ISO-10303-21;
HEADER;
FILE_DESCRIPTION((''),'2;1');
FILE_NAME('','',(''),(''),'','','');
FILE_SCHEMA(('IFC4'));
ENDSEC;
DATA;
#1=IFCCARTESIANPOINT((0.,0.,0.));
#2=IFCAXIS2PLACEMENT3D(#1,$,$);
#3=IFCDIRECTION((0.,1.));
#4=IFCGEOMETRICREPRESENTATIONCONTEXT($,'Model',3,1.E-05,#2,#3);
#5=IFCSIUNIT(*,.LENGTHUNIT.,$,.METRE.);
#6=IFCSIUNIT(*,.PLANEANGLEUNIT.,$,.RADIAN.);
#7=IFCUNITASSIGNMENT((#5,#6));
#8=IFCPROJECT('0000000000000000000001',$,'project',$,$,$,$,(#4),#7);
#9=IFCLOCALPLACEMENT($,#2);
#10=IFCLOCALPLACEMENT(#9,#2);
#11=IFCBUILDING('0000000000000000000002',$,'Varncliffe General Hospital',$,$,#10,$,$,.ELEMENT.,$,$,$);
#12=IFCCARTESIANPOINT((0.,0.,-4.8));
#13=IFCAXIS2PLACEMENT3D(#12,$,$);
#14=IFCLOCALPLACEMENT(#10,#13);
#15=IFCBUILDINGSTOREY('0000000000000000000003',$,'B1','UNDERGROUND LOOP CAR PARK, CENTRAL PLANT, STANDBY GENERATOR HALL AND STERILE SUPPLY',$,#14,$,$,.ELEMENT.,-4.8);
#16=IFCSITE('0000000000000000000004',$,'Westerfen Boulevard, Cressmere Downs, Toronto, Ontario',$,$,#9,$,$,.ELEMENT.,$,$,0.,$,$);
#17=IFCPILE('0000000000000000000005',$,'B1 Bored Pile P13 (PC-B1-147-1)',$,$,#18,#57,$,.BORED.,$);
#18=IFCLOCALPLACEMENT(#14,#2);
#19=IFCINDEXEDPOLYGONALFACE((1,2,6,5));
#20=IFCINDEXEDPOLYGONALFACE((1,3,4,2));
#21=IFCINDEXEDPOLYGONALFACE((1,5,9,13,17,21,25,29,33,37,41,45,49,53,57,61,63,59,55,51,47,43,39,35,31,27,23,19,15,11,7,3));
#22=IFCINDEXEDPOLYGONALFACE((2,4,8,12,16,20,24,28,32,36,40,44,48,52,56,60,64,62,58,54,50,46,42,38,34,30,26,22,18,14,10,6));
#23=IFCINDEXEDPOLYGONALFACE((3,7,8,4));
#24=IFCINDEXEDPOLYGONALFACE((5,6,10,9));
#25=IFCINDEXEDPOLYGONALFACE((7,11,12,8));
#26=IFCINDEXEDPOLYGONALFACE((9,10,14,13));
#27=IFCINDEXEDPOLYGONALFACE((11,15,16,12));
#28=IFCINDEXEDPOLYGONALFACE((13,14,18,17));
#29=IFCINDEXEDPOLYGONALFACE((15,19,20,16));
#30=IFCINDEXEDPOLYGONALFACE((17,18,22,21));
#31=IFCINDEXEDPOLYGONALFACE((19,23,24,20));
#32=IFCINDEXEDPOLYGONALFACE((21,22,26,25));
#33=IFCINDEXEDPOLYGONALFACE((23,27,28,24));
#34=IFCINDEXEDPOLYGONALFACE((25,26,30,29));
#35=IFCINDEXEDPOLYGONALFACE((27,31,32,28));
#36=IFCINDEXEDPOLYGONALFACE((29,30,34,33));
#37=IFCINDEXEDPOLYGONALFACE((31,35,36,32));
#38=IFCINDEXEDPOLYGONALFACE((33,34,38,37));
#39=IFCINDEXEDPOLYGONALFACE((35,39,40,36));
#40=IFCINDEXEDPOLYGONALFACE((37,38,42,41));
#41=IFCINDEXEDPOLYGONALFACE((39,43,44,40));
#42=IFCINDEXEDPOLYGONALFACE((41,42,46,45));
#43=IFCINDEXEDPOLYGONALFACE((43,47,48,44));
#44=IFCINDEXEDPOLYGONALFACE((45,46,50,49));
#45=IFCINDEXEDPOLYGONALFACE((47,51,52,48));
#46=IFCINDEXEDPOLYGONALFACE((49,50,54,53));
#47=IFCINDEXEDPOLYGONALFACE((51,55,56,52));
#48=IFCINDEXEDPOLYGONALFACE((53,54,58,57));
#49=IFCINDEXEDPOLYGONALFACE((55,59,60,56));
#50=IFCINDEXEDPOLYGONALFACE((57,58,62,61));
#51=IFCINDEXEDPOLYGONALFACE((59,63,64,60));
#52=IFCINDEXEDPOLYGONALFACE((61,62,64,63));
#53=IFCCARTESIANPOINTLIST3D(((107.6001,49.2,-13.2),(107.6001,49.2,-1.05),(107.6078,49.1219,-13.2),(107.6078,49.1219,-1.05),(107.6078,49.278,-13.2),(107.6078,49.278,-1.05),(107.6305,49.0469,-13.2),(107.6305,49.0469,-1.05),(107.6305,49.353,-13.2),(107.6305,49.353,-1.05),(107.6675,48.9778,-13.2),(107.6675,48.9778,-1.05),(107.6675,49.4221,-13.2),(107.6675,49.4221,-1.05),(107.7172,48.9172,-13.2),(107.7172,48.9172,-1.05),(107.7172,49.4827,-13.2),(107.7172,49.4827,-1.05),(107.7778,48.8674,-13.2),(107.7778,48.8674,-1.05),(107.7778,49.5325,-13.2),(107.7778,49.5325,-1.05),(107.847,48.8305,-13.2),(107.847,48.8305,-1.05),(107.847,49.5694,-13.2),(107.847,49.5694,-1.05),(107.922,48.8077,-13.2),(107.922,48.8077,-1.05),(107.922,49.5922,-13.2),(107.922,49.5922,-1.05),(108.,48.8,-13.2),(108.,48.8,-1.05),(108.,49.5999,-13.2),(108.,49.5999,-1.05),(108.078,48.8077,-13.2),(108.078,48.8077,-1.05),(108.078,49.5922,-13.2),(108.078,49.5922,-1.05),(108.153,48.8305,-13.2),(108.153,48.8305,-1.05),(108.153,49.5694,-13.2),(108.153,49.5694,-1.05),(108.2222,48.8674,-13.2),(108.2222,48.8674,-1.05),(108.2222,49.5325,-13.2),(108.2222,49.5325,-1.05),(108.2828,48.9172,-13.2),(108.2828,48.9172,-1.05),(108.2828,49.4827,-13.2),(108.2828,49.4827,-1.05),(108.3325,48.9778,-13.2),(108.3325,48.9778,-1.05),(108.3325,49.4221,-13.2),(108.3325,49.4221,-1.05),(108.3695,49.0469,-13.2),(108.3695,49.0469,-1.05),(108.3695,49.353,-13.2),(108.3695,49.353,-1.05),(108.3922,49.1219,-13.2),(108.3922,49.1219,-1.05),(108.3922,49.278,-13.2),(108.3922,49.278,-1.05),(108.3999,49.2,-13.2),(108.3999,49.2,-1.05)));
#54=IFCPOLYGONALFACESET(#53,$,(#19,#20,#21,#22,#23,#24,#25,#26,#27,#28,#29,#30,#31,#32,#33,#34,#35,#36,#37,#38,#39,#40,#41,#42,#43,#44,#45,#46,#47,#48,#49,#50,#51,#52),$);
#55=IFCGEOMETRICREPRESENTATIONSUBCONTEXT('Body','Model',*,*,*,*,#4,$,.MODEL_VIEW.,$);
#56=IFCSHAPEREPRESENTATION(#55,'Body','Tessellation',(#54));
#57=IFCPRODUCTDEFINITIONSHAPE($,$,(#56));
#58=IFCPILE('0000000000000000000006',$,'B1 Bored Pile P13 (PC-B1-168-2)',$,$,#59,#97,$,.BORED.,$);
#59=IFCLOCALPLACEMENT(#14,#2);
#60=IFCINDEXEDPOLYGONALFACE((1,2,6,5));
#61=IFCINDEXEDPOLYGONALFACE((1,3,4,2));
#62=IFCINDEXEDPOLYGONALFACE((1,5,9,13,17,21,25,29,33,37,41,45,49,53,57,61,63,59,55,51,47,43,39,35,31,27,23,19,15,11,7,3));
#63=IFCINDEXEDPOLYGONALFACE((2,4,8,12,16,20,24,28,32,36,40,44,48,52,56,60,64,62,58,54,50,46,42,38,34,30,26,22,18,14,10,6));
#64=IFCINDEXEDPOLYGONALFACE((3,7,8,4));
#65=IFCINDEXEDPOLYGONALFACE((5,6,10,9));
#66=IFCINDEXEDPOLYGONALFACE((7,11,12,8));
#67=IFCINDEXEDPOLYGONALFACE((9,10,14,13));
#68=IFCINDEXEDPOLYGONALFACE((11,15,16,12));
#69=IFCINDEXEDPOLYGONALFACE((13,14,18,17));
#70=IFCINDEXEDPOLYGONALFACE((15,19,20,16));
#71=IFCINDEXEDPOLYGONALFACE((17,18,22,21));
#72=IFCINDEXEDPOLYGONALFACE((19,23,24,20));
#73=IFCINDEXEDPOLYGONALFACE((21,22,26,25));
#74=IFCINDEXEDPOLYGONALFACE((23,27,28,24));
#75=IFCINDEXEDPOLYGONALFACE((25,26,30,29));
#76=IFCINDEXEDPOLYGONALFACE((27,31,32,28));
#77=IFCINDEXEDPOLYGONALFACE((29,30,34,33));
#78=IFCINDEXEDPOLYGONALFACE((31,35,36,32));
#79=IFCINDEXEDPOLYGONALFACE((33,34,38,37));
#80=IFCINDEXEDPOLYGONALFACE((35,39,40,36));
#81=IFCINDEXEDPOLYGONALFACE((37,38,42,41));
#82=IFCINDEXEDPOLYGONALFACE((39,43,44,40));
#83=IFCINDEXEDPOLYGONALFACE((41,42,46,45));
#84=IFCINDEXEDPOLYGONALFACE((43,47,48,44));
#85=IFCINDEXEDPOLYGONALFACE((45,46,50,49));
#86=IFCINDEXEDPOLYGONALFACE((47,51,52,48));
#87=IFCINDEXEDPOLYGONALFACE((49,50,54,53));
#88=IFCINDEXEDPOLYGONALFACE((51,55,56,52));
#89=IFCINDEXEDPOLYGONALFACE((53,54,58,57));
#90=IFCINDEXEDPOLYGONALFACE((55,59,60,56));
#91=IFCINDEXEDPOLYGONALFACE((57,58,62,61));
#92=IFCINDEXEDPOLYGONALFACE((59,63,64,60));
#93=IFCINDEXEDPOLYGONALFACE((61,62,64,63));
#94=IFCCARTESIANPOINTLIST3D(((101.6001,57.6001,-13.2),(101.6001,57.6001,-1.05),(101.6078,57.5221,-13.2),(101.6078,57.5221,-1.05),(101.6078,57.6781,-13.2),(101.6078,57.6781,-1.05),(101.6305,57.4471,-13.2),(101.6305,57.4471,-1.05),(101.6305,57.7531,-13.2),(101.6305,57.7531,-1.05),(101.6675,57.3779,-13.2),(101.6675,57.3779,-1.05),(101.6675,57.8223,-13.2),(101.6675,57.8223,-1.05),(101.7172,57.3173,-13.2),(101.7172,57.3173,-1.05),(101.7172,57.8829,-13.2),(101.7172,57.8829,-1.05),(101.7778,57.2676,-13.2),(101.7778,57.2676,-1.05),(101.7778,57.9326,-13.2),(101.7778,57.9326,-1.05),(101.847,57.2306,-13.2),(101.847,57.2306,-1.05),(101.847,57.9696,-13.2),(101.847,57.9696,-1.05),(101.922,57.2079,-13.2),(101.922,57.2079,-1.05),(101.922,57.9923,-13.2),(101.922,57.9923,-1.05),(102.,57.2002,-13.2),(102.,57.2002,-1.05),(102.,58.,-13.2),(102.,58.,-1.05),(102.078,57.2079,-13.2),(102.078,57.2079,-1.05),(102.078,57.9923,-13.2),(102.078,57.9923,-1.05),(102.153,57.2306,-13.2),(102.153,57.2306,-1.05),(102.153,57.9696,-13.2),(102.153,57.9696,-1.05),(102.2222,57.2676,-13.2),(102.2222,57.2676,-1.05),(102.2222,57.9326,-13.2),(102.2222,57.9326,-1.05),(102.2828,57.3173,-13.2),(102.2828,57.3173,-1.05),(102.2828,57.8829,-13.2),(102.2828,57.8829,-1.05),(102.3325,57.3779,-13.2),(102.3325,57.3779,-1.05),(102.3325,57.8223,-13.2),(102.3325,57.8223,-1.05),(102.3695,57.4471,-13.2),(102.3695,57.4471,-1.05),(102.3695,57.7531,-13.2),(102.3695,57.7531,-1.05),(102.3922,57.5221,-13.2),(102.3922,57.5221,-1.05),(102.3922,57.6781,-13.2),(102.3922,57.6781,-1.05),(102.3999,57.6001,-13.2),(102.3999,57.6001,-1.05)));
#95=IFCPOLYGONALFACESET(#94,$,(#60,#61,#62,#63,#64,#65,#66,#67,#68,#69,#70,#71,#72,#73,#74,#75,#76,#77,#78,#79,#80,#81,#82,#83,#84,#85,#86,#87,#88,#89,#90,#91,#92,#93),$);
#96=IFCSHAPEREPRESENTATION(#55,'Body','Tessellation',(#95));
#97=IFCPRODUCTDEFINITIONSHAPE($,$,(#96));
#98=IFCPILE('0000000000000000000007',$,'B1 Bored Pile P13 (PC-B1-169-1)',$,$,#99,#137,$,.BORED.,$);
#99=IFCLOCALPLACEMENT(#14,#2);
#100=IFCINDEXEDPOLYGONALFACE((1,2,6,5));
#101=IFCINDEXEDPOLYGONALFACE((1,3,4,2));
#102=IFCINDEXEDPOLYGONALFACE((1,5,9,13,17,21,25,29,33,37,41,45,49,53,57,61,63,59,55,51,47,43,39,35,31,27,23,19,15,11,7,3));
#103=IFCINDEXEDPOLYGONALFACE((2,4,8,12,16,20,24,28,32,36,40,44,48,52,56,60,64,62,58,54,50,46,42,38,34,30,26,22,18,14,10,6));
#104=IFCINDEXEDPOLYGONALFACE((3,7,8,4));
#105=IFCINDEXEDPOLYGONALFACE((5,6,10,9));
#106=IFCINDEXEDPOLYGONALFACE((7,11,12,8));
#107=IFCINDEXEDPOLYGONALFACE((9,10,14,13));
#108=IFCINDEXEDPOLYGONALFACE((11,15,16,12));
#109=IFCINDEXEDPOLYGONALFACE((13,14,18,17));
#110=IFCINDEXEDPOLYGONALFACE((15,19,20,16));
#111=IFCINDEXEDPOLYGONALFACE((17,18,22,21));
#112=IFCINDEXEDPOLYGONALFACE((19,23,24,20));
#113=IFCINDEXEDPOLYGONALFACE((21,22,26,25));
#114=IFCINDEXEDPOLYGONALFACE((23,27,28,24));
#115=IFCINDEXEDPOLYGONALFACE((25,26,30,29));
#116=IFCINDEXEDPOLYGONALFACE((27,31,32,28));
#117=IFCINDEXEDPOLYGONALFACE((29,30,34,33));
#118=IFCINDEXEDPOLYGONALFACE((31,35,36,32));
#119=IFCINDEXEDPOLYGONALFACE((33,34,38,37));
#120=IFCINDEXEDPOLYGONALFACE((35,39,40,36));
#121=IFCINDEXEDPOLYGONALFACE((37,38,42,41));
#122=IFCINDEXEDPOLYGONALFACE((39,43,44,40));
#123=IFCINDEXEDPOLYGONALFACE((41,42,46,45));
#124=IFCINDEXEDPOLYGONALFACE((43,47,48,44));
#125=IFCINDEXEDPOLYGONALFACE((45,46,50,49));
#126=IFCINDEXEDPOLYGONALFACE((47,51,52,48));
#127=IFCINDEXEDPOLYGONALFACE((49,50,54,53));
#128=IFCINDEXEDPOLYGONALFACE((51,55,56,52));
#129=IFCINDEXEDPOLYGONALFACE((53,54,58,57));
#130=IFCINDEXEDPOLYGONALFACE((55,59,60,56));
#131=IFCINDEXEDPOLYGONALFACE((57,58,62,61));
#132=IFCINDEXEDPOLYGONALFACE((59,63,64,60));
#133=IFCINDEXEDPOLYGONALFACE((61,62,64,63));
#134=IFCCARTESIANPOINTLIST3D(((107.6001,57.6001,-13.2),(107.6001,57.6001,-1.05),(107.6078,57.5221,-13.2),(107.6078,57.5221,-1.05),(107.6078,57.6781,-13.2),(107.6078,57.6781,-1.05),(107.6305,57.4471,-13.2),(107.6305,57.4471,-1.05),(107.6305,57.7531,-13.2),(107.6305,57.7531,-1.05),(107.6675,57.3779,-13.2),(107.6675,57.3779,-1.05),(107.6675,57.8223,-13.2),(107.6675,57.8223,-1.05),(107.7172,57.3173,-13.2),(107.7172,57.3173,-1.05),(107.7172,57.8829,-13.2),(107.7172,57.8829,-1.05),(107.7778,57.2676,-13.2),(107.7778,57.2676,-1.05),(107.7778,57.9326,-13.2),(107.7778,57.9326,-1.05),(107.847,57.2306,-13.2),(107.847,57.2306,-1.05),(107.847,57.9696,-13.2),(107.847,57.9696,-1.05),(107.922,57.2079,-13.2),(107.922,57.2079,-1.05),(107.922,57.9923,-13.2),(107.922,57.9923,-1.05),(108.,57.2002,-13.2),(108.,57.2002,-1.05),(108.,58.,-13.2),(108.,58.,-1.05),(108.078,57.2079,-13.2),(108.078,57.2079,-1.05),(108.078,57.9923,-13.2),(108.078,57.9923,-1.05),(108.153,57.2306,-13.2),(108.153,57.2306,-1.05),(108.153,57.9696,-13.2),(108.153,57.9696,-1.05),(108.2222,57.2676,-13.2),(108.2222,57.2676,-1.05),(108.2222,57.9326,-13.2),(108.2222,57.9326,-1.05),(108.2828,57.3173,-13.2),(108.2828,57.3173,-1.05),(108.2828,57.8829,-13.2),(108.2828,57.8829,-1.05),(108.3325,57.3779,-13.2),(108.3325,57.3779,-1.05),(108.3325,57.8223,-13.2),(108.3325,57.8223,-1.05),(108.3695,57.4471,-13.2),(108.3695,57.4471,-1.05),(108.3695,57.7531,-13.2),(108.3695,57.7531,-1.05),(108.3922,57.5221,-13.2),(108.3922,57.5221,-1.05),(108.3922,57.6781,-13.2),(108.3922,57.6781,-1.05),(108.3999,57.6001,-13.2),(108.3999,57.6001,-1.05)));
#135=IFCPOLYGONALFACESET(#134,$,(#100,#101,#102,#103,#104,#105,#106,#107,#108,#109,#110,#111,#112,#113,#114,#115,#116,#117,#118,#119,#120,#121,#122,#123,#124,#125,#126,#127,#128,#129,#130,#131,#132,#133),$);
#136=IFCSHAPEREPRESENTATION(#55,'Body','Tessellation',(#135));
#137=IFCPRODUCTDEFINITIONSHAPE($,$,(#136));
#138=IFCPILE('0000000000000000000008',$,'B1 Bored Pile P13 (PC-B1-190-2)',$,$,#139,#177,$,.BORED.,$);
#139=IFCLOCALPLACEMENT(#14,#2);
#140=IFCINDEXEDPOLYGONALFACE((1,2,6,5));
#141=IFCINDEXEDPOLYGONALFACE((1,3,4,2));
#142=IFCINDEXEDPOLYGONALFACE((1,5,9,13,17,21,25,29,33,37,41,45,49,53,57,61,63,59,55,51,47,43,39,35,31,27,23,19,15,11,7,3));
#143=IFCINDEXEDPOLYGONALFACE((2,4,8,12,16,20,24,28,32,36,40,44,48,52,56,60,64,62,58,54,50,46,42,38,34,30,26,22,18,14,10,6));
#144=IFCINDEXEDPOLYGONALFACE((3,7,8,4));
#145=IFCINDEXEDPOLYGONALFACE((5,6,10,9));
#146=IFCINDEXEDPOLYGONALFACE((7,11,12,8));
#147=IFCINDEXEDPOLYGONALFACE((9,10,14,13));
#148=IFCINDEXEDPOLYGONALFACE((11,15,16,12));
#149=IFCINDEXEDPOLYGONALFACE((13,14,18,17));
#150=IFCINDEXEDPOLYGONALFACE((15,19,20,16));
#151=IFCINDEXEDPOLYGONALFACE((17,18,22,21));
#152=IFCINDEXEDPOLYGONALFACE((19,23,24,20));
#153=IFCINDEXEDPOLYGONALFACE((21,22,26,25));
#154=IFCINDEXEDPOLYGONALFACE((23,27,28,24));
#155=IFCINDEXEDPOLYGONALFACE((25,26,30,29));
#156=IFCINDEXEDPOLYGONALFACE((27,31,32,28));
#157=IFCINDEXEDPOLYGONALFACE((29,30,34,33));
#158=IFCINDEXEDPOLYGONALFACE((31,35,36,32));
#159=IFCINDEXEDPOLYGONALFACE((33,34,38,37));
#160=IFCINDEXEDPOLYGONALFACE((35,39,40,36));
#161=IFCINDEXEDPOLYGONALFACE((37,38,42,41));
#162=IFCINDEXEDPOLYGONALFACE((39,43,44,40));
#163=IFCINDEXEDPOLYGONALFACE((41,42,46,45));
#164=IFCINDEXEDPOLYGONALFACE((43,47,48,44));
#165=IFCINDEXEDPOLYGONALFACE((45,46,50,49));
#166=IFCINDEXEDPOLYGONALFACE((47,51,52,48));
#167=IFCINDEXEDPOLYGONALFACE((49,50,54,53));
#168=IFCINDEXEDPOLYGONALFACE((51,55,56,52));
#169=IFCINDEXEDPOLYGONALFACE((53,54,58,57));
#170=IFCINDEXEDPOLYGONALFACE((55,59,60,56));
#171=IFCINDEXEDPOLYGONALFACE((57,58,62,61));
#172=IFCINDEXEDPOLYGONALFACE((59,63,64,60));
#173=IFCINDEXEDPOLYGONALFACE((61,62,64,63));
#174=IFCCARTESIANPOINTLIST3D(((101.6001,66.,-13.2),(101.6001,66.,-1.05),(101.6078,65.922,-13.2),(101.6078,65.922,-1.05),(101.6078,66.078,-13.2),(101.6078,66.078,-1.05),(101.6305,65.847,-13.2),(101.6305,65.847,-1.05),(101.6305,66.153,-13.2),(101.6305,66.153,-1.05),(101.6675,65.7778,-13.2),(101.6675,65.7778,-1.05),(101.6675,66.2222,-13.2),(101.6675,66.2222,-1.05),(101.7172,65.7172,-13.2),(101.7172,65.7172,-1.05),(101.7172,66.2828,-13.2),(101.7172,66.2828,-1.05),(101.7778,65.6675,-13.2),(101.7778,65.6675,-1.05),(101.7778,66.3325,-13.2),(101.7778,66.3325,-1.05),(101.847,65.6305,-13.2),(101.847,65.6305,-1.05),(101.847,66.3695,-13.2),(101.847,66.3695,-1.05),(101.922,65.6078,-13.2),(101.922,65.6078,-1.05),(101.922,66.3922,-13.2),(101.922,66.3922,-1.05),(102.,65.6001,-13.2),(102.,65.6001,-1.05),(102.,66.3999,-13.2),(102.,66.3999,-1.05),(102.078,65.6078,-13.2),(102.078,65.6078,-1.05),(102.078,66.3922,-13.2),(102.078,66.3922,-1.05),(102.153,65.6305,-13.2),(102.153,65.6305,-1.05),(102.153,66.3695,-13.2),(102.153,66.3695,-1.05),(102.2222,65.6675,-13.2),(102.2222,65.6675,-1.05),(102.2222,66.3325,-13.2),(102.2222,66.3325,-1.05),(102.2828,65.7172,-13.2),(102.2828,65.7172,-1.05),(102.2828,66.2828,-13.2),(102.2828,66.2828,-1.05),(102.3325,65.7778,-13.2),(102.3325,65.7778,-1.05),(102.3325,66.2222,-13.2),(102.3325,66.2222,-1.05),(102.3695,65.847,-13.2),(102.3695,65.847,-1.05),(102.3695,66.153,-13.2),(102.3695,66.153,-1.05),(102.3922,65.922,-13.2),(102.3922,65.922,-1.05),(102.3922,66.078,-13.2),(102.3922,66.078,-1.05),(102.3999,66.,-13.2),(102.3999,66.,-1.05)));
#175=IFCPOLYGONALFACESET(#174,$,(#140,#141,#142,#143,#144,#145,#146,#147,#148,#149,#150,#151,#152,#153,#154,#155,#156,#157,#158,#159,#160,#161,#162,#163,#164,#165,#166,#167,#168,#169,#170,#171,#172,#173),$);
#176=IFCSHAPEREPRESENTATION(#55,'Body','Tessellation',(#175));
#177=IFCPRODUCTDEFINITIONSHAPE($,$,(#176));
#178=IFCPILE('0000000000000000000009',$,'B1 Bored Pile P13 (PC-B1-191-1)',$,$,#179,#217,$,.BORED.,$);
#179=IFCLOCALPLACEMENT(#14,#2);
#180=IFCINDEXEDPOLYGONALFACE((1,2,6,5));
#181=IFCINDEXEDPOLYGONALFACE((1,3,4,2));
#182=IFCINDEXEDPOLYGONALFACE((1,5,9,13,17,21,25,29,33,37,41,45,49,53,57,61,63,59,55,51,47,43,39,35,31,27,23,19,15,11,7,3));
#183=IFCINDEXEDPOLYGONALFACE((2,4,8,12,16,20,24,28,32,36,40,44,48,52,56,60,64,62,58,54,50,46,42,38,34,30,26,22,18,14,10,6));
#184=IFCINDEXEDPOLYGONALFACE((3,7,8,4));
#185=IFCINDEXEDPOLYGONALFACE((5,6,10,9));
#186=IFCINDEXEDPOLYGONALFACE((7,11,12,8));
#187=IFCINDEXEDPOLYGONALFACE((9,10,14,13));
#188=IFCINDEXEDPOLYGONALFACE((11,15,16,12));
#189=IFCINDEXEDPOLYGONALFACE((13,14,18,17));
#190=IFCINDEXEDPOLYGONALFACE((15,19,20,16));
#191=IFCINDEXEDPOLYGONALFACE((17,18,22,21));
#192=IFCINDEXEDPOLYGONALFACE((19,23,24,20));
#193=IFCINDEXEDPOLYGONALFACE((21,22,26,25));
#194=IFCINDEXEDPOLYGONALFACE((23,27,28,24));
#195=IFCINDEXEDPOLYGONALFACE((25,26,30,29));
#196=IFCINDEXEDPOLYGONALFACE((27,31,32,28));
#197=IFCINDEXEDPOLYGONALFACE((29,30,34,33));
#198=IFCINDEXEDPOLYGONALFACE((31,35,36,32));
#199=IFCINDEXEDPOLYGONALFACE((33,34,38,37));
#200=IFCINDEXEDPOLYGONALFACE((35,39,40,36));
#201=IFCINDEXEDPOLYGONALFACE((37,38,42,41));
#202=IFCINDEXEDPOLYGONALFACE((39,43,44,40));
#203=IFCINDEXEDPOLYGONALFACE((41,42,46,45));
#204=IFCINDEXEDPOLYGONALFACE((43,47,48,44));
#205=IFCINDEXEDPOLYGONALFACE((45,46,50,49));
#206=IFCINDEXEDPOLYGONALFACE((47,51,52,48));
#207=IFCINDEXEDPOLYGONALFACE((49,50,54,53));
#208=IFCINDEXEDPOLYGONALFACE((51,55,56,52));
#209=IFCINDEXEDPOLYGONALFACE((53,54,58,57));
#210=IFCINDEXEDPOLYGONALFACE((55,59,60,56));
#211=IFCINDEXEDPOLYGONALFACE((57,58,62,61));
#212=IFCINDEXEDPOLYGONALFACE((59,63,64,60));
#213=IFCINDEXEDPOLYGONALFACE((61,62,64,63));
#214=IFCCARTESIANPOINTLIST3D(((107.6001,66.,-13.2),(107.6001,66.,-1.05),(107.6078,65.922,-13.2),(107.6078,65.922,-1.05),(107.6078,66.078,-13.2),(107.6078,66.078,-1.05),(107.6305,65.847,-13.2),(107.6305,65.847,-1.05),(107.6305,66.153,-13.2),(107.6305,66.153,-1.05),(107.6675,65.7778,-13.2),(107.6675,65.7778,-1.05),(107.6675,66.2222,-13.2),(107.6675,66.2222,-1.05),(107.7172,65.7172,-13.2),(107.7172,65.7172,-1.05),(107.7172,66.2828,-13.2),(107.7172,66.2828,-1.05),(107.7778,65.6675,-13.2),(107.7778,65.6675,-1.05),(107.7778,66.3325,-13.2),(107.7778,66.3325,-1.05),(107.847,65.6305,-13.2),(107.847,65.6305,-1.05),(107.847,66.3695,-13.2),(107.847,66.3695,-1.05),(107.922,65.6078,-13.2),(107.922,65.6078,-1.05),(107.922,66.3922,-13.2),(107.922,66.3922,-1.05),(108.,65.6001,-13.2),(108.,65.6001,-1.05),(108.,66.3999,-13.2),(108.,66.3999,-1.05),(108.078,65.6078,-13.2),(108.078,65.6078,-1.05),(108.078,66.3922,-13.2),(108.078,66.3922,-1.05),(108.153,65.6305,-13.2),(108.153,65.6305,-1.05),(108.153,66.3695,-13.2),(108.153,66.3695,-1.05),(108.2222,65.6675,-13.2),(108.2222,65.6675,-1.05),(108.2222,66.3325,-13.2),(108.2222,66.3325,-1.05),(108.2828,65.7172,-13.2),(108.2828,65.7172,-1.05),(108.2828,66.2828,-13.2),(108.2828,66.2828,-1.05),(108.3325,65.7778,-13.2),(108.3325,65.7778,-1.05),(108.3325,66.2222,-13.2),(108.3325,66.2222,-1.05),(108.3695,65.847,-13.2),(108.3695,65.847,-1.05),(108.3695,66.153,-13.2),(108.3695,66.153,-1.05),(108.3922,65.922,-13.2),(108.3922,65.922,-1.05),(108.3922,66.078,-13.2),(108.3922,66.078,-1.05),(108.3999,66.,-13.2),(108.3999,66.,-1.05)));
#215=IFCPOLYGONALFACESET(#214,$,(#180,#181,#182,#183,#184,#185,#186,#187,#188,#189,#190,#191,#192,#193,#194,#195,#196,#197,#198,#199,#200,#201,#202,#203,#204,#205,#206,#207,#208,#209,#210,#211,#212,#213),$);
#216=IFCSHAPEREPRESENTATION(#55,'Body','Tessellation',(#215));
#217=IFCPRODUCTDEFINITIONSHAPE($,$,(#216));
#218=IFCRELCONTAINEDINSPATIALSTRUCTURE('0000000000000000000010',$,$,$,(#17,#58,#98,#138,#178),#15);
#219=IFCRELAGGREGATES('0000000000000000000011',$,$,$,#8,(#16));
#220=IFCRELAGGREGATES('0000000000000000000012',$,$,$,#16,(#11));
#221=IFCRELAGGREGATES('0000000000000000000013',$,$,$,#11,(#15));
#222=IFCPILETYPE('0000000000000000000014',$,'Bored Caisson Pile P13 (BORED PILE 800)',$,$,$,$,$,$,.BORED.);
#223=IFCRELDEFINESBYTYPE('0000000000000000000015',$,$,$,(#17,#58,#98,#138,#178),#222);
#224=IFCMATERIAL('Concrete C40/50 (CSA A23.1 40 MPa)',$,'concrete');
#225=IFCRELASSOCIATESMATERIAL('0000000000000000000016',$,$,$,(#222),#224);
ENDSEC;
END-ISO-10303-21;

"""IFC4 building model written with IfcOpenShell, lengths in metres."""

from ifc_helpers import new_model, si_unit, direction, frame, origin, origin_2d, place, context, subcontext, project, spatial, circle, extrude, material, material_profile, profile_set, type_object, element, save


model = new_model("IFC4")

# Units and contexts
model_context = context("Model", 3, precision=1e-05, world=origin(), true_north=direction((0.0, 1.0)))
body_context = subcontext(model_context, "Body", "Model", "MODEL_VIEW")
ifc_project = project(units=[si_unit("LENGTHUNIT", "METRE"), si_unit("PLANEANGLEUNIT", "RADIAN")], contexts=[model_context])

# Site, building, storey
site_placement = place(None, origin())
site = spatial("IfcSite", under=ifc_project, at=site_placement, Name="Westerfen Boulevard, Cressmere Downs, Toronto, Ontario", CompositionType="ELEMENT", RefElevation=0.0)
building_placement = place(site_placement, origin())
building = spatial("IfcBuilding", under=site, at=building_placement, Name="Varncliffe General Hospital", CompositionType="ELEMENT")
storey_placement = place(building_placement, frame((0.0, 0.0, -4.8)))
storey = spatial("IfcBuildingStorey", under=building, at=storey_placement, Name="B1", Description="UNDERGROUND LOOP CAR PARK, CENTRAL PLANT, STANDBY GENERATOR HALL AND STERILE SUPPLY", CompositionType="ELEMENT", Elevation=-4.8)

# Piles
ifc_material_1 = material(Name="Concrete C40/50 (CSA A23.1 40 MPa)", Category="concrete")
ifc_material_profile_1 = material_profile(ifc_material_1, circle(Radius=0.3999, at=origin_2d()), Name="BORED PILE 800")
ifc_profile_set_1 = profile_set([ifc_material_profile_1], Name="Concrete C40/50 (CSA A23.1 40 MPa)")
pile_type = type_object("IfcPileType", Name="Bored Caisson Pile P13 (BORED PILE 800)", PredefinedType="BORED", material=ifc_profile_set_1)
for number, where, z_axis, x_axis, name in (
    (1, (108.0, 49.2, -1.05), (0.0, 0.0, -1.0), (1.0, 0.0, 0.0), "B1 Bored Pile P13 (PC-B1-147-1)"),
    (2, (102.0, 57.6001, -1.05), (0.0, 0.0, -1.0), (1.0, 0.0, 0.0), "B1 Bored Pile P13 (PC-B1-168-2)"),
    (3, (108.0, 57.6001, -1.05), (0.0, 0.0, -1.0), (1.0, 0.0, 0.0), "B1 Bored Pile P13 (PC-B1-169-1)"),
    (4, (102.0, 66.0, -1.05), (0.0, 0.0, -1.0), (1.0, 0.0, 0.0), "B1 Bored Pile P13 (PC-B1-190-2)"),
    (5, (108.0, 66.0, -1.05), (0.0, 0.0, -1.0), (1.0, 0.0, 0.0), "B1 Bored Pile P13 (PC-B1-191-1)"),
):
    element("IfcPile", number, at=place(storey_placement, frame(where, z_axis=z_axis, x_axis=x_axis)), inside=storey, type_object=pile_type, Name=name, PredefinedType="BORED", context=body_context, shape_type="SweptSolid", body=[
        extrude(circle(Radius=0.3999, at=origin_2d()), origin(), (0.0, 0.0, 1.0), 12.1499),
    ])

save(model, "model.ifc")
